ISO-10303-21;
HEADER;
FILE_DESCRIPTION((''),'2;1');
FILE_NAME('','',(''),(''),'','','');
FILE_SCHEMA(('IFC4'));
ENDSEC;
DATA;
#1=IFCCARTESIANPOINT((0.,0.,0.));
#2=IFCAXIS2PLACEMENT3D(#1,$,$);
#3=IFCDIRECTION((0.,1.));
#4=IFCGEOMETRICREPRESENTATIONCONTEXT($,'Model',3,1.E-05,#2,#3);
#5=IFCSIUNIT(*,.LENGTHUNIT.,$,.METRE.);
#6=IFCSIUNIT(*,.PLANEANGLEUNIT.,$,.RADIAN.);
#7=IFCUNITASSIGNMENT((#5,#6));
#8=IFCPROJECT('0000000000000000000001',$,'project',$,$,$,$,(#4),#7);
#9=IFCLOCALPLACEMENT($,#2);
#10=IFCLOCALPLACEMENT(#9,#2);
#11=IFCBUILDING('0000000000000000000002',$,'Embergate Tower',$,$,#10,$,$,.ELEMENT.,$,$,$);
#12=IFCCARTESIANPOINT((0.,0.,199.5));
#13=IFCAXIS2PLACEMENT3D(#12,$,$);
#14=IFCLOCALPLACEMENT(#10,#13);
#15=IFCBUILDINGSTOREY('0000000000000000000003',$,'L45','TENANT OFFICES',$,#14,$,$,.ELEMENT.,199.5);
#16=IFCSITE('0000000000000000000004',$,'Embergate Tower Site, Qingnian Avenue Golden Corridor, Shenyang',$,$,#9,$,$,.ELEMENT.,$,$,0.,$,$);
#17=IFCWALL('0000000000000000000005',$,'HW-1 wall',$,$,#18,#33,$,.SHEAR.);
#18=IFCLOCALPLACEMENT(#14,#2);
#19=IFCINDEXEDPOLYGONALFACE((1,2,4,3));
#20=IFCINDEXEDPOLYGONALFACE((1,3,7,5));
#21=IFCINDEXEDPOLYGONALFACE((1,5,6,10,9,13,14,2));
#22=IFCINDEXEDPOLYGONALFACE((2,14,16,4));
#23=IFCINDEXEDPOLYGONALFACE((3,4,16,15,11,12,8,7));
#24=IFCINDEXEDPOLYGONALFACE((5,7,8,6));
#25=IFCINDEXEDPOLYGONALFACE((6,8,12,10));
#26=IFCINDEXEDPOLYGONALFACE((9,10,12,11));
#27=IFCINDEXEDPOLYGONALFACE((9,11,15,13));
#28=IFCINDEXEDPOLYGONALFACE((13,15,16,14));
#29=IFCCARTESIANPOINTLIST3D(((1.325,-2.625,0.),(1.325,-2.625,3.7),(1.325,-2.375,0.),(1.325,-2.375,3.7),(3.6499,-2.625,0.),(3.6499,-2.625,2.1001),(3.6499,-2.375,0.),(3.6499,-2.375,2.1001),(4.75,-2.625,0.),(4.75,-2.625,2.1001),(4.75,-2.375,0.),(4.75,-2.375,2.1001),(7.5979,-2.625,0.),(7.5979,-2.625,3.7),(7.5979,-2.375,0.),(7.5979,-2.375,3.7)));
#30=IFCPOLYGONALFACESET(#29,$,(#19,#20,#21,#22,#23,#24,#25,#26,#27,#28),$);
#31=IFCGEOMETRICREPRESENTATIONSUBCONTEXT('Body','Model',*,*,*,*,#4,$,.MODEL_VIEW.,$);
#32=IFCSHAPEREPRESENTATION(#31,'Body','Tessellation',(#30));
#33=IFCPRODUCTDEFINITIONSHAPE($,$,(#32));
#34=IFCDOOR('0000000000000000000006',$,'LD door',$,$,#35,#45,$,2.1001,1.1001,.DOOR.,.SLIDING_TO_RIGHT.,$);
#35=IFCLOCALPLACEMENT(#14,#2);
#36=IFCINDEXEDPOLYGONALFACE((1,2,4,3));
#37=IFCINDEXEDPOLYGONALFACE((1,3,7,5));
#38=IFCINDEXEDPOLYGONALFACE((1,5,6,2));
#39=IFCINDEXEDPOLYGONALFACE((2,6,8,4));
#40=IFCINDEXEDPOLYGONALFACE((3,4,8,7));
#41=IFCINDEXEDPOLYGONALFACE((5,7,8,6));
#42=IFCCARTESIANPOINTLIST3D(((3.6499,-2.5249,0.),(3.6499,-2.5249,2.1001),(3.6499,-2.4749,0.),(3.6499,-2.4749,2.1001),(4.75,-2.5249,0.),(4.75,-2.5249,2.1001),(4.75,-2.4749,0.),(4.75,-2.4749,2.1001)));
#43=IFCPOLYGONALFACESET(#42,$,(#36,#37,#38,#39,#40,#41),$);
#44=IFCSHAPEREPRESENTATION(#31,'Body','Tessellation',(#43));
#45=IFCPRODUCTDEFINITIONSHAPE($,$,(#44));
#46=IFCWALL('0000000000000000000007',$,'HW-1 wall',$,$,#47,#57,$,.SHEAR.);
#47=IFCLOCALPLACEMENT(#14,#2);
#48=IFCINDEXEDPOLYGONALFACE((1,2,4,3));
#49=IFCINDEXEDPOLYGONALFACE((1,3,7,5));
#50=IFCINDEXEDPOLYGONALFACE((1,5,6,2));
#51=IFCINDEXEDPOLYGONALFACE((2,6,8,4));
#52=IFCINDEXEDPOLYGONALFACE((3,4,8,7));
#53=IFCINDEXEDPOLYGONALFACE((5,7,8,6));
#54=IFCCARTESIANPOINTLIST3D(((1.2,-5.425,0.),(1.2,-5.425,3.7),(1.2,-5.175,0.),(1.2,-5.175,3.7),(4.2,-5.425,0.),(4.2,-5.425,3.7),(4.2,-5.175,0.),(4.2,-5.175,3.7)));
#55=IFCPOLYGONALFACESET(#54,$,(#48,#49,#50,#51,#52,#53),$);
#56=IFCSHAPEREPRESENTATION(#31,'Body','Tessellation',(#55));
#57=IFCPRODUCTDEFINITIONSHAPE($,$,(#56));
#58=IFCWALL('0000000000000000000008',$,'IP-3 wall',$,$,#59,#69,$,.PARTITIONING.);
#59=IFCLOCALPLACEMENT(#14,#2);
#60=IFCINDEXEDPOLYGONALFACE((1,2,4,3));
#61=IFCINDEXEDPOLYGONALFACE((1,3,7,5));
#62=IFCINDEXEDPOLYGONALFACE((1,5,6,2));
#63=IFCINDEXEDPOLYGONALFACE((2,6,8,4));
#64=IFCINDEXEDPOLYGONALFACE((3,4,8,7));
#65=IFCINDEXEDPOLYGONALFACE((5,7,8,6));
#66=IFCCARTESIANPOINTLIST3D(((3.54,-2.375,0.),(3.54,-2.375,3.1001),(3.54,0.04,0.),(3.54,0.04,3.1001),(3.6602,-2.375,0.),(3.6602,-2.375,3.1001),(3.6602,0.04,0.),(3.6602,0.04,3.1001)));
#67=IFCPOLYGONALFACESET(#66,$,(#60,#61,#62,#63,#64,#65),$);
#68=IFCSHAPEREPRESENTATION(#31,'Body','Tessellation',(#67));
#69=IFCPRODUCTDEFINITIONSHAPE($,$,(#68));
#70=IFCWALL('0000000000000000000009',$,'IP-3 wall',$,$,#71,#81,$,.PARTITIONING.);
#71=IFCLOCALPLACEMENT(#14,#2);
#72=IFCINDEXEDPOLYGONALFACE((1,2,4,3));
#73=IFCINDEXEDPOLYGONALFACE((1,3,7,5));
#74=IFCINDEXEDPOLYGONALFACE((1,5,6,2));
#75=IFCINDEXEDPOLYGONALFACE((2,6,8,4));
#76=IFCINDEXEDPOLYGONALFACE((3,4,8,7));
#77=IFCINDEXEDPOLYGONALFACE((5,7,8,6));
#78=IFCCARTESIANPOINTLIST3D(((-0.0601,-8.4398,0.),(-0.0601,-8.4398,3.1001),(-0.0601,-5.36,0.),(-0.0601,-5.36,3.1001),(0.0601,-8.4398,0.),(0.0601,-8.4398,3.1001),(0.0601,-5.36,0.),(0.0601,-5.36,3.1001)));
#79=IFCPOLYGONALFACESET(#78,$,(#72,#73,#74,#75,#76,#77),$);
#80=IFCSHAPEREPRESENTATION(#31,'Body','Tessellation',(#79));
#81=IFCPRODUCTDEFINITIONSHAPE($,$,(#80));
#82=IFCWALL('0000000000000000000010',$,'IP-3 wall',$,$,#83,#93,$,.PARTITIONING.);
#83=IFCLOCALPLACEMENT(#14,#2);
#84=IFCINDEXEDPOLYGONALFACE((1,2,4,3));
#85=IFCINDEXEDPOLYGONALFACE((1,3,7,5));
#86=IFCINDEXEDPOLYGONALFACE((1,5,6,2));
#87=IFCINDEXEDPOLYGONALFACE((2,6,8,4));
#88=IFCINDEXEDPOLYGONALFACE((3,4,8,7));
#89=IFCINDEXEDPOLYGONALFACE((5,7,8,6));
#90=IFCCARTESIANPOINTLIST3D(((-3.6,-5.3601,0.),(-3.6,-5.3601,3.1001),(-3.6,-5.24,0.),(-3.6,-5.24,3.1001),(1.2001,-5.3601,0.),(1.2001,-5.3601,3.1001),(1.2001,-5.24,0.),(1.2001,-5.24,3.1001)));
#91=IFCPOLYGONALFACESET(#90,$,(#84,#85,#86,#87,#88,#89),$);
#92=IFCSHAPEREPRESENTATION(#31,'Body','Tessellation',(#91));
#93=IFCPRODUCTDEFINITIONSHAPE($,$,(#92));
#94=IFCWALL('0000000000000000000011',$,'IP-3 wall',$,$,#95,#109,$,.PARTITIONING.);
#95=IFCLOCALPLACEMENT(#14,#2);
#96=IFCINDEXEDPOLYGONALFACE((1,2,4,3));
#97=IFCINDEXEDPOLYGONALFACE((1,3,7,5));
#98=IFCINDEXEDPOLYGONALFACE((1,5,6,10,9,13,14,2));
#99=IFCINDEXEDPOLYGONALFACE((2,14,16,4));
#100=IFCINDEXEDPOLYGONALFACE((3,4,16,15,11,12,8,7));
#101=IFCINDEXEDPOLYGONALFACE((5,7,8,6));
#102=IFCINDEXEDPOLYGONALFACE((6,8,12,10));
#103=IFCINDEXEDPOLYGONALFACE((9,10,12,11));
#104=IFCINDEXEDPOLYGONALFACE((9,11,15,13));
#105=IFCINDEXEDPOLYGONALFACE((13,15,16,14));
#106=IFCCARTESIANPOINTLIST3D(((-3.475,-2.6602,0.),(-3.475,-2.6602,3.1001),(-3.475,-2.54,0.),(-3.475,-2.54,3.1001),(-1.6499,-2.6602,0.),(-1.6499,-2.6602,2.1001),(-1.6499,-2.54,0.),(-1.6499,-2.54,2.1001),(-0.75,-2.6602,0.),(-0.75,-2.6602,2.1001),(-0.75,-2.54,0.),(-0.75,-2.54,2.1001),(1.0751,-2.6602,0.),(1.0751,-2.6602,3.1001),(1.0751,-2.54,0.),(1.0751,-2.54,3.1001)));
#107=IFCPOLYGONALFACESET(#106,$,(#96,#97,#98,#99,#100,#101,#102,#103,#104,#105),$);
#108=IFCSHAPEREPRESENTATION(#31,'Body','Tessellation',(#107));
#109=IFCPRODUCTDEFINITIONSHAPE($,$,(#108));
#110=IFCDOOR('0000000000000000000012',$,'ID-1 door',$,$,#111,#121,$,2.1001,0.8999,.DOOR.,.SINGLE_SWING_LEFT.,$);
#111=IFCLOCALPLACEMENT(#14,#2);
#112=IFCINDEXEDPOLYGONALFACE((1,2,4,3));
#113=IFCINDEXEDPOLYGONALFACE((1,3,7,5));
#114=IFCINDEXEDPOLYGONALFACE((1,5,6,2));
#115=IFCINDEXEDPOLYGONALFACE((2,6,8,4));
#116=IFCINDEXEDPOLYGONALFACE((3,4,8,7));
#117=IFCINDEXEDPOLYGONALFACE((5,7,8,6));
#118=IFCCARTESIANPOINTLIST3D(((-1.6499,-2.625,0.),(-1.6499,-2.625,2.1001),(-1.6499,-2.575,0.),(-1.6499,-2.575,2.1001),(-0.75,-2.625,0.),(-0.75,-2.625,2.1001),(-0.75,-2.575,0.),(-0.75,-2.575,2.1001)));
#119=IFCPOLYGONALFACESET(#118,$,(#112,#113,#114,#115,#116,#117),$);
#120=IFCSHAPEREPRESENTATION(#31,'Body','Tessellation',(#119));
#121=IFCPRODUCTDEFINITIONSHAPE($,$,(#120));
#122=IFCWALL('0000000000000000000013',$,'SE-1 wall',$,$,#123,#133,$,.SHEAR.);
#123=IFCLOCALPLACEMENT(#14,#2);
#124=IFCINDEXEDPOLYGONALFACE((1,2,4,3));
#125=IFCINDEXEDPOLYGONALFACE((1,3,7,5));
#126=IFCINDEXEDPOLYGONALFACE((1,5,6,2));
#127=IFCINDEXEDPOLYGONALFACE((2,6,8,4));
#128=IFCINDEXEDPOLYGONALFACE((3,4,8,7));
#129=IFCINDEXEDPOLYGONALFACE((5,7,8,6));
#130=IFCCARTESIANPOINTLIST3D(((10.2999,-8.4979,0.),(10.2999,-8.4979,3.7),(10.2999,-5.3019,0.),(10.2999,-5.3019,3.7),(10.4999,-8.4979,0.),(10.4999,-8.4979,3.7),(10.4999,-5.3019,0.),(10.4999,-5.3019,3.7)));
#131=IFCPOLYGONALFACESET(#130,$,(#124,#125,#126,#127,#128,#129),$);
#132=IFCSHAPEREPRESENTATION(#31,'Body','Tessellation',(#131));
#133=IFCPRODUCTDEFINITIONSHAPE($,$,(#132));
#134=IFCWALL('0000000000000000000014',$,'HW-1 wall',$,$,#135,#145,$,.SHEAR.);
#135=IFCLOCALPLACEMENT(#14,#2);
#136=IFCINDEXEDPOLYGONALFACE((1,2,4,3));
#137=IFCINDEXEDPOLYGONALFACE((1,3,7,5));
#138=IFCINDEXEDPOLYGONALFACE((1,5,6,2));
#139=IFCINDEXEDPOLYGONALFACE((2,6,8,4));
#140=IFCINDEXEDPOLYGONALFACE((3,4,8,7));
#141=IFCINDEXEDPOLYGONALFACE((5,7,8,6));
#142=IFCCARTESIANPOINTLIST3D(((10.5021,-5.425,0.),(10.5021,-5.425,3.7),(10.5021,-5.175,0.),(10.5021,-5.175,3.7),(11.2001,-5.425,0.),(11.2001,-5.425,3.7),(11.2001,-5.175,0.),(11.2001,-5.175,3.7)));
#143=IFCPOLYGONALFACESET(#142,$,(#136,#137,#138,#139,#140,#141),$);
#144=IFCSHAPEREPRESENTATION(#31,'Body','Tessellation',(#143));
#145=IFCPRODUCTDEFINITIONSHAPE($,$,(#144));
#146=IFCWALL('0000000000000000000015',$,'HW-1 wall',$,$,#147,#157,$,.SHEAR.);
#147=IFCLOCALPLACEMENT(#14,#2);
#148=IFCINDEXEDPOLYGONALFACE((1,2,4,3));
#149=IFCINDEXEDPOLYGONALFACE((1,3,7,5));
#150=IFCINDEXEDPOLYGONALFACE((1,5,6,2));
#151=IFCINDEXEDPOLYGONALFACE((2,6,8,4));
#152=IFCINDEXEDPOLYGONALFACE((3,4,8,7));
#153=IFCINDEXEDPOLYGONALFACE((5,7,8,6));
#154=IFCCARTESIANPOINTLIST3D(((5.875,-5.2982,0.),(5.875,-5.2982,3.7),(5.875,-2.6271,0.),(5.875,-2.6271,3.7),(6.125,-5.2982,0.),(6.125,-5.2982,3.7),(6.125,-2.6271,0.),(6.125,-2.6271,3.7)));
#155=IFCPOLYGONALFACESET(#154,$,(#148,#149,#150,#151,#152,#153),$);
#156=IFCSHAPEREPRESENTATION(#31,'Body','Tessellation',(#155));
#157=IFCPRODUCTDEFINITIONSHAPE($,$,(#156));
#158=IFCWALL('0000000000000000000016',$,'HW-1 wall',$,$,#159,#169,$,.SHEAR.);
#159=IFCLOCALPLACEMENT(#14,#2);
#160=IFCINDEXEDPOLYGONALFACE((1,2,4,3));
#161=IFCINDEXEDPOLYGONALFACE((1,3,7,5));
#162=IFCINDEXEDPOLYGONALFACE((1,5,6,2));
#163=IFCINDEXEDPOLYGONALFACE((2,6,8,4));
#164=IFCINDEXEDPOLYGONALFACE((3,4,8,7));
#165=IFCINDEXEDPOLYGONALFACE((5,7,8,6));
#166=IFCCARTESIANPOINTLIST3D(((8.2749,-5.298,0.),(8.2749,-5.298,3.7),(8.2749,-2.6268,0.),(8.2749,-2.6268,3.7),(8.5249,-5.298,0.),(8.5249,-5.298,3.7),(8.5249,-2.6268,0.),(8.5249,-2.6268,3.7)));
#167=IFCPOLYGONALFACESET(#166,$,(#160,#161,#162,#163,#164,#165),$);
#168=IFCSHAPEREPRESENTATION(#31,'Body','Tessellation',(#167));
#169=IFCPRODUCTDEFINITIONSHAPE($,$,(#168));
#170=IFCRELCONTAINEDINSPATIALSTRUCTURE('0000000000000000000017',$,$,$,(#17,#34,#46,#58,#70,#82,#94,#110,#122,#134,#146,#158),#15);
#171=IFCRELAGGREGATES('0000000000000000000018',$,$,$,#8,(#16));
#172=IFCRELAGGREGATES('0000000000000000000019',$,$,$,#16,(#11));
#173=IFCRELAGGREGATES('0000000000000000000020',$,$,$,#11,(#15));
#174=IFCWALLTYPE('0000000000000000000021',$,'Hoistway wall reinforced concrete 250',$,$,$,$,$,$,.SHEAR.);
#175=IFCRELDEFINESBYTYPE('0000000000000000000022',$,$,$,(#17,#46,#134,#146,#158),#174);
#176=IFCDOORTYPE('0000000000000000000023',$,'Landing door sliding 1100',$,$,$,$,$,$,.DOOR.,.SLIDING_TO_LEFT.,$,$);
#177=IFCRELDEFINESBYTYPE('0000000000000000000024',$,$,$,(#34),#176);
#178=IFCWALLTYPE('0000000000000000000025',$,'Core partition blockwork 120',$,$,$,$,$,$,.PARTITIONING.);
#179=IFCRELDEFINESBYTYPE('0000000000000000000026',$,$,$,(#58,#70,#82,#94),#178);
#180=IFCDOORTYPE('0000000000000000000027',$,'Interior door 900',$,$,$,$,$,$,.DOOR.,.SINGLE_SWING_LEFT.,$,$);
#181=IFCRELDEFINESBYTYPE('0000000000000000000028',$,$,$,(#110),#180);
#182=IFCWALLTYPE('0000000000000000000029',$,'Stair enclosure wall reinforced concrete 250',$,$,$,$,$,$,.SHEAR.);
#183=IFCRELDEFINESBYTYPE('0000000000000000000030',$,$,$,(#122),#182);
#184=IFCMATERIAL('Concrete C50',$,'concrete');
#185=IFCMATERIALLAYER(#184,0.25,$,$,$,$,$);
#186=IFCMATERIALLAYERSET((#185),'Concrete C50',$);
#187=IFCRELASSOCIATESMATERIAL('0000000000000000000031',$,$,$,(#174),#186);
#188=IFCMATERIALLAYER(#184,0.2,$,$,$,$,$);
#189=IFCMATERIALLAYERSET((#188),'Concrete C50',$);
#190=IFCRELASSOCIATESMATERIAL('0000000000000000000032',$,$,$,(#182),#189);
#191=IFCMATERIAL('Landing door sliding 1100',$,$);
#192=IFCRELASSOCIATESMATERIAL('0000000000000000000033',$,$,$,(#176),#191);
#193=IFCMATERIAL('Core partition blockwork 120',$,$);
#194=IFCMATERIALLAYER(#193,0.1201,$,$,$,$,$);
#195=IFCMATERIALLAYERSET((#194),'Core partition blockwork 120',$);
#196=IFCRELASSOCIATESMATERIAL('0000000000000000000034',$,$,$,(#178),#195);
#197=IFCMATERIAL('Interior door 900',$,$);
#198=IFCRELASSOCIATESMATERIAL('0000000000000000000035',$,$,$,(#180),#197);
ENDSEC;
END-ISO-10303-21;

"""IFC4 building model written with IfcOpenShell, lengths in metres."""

from ifc_helpers import new_model, si_unit, direction, frame, frame_2d, origin, place, context, subcontext, project, spatial, rectangle, extrude, source, transform, mapped, material, layer, layer_set, type_object, element, fill, save


model = new_model("IFC4")

# Units and contexts
model_context = context("Model", 3, precision=1e-05, world=origin(), true_north=direction((0.0, 1.0)))
body_context = subcontext(model_context, "Body", "Model", "MODEL_VIEW")
ifc_project = project(units=[si_unit("LENGTHUNIT", "METRE"), si_unit("PLANEANGLEUNIT", "RADIAN")], contexts=[model_context])

# Site, building, storey
site_placement = place(None, origin())
site = spatial("IfcSite", under=ifc_project, at=site_placement, Name="Embergate Tower Site, Qingnian Avenue Golden Corridor, Shenyang", CompositionType="ELEMENT", RefElevation=0.0)
building_placement = place(site_placement, origin())
building = spatial("IfcBuilding", under=site, at=building_placement, Name="Embergate Tower", CompositionType="ELEMENT")
storey_placement = place(building_placement, frame((0.0, 0.0, 199.5)))
storey = spatial("IfcBuildingStorey", under=building, at=storey_placement, Name="L45", Description="TENANT OFFICES", CompositionType="ELEMENT", Elevation=199.5)

# Shared definitions
ifc_material_1 = material(Name="Concrete C50", Category="concrete")
ifc_layer_1 = layer(ifc_material_1, 0.25)
ifc_layer_set_1 = layer_set([ifc_layer_1], Name="Concrete C50")
wall_type_1 = type_object("IfcWallType", Name="Hoistway wall reinforced concrete 250", PredefinedType="SHEAR", material=ifc_layer_set_1)
ifc_layer_2 = layer(ifc_material_1, 0.2)
ifc_layer_set_2 = layer_set([ifc_layer_2], Name="Concrete C50")
wall_type_2 = type_object("IfcWallType", Name="Stair enclosure wall reinforced concrete 250", PredefinedType="SHEAR", material=ifc_layer_set_2)

# Wall, opening, door
shared_shape_1 = source(origin(), body_context, "Body", "SweptSolid", [
    extrude(rectangle(XDim=1.1001, YDim=2.1001, at=frame_2d((0.55, 1.05))), frame((0.0, 0.135, 0.0), z_axis=(0.0, -1.0, 0.0), x_axis=(1.0, 0.0, 0.0)), (0.0, 0.0, 1.0), 0.27),
])
ifc_material_2 = material(Name="Landing door sliding 1100")
door_type_1 = type_object("IfcDoorType", Name="Landing door sliding 1100", OperationType="SLIDING_TO_LEFT", PredefinedType="DOOR", material=ifc_material_2)
shared_shape_2 = source(origin(), body_context, "Body", "SweptSolid", [
    extrude(rectangle(XDim=1.1001, YDim=2.1001, at=frame_2d((0.55, 1.05))), frame((0.0, 0.0249, 0.0), z_axis=(0.0, -1.0, 0.0), x_axis=(1.0, 0.0, 0.0)), (0.0, 0.0, 1.0), 0.05),
])
shared_shape_3 = source(origin(), body_context, "Body", "SweptSolid", [
    extrude(rectangle(XDim=6.2729, YDim=0.25, at=frame_2d((3.1365, 0.0))), origin(), (0.0, 0.0, 1.0), 3.7),
])
wall_1_placement = place(storey_placement, frame((7.5979, -2.5, 0.0), z_axis=(0.0, 0.0, 1.0), x_axis=(-1.0, 0.0, 0.0)))
wall_1 = element("IfcWall", 1, at=wall_1_placement, inside=storey, type_object=wall_type_1, Name="HW-1 wall", PredefinedType="SHEAR", context=body_context, shape_type="MappedRepresentation", body=[
    mapped(shared_shape_3, transform((0.0, 0.0, 0.0))),
])
opening_1_placement = place(wall_1_placement, frame((2.8479, 0.0, 0.0)))
opening_1 = element("IfcOpeningElement", 2, at=opening_1_placement, cuts=wall_1, PredefinedType="OPENING", context=body_context, shape_type="MappedRepresentation", body=[
    mapped(shared_shape_1, transform((0.0, 0.0, 0.0))),
])
door_1_placement = place(opening_1_placement, origin())
door_1 = element("IfcDoor", 3, at=door_1_placement, inside=storey, type_object=door_type_1, Name="LD door", OperationType="SLIDING_TO_RIGHT", OverallHeight=2.1001, OverallWidth=1.1001, PredefinedType="DOOR", context=body_context, shape_type="MappedRepresentation", body=[
    mapped(shared_shape_2, transform((0.0, 0.0, 0.0))),
])
fill(opening_1, door_1)

# Walls
shared_shape_4 = source(origin(), body_context, "Body", "SweptSolid", [
    extrude(rectangle(XDim=3.0, YDim=0.25, at=frame_2d((1.5, 0.0))), origin(), (0.0, 0.0, 1.0), 3.7),
])
wall_2_placement = place(storey_placement, frame((1.2, -5.3, 0.0), z_axis=(0.0, 0.0, 1.0), x_axis=(1.0, 0.0, 0.0)))
element("IfcWall", 4, at=wall_2_placement, inside=storey, type_object=wall_type_1, Name="HW-1 wall", PredefinedType="SHEAR", context=body_context, shape_type="MappedRepresentation", body=[
    mapped(shared_shape_4, transform((0.0, 0.0, 0.0))),
])
ifc_material_3 = material(Name="Core partition blockwork 120")
ifc_layer_3 = layer(ifc_material_3, 0.1201)
ifc_layer_set_3 = layer_set([ifc_layer_3], Name="Core partition blockwork 120")
wall_type_3 = type_object("IfcWallType", Name="Core partition blockwork 120", PredefinedType="PARTITIONING", material=ifc_layer_set_3)
shared_shape_5 = source(origin(), body_context, "Body", "SweptSolid", [
    extrude(rectangle(XDim=2.415, YDim=0.1201, at=frame_2d((1.2075, 0.0))), origin(), (0.0, 0.0, 1.0), 3.1001),
])
wall_3_placement = place(storey_placement, frame((3.6001, -2.375, 0.0), z_axis=(0.0, 0.0, 1.0), x_axis=(0.0, 1.0, 0.0)))
element("IfcWall", 5, at=wall_3_placement, inside=storey, type_object=wall_type_3, Name="IP-3 wall", PredefinedType="PARTITIONING", context=body_context, shape_type="MappedRepresentation", body=[
    mapped(shared_shape_5, transform((0.0, 0.0, 0.0))),
])
shared_shape_6 = source(origin(), body_context, "Body", "SweptSolid", [
    extrude(rectangle(XDim=3.0798, YDim=0.1201, at=frame_2d((1.54, 0.0))), origin(), (0.0, 0.0, 1.0), 3.1001),
])
wall_4_placement = place(storey_placement, frame((0.0, -8.4399, 0.0), z_axis=(0.0, 0.0, 1.0), x_axis=(0.0, 1.0, 0.0)))
element("IfcWall", 6, at=wall_4_placement, inside=storey, type_object=wall_type_3, Name="IP-3 wall", PredefinedType="PARTITIONING", context=body_context, shape_type="MappedRepresentation", body=[
    mapped(shared_shape_6, transform((0.0, 0.0, 0.0))),
])
shared_shape_7 = source(origin(), body_context, "Body", "SweptSolid", [
    extrude(rectangle(XDim=4.8, YDim=0.1201, at=frame_2d((2.3999, 0.0))), origin(), (0.0, 0.0, 1.0), 3.1001),
])
wall_5_placement = place(storey_placement, frame((1.2, -5.3, 0.0), z_axis=(0.0, 0.0, 1.0), x_axis=(-1.0, 0.0, 0.0)))
element("IfcWall", 7, at=wall_5_placement, inside=storey, type_object=wall_type_3, Name="IP-3 wall", PredefinedType="PARTITIONING", context=body_context, shape_type="MappedRepresentation", body=[
    mapped(shared_shape_7, transform((0.0, 0.0, 0.0))),
])

# Wall, opening, door
shared_shape_8 = source(origin(), body_context, "Body", "SweptSolid", [
    extrude(rectangle(XDim=4.55, YDim=0.1201, at=frame_2d((2.2749, 0.0))), origin(), (0.0, 0.0, 1.0), 3.1001),
])
wall_6_placement = place(storey_placement, frame((1.075, -2.6001, 0.0), z_axis=(0.0, 0.0, 1.0), x_axis=(-1.0, 0.0, 0.0)))
wall_6 = element("IfcWall", 8, at=wall_6_placement, inside=storey, type_object=wall_type_3, Name="IP-3 wall", PredefinedType="PARTITIONING", context=body_context, shape_type="MappedRepresentation", body=[
    mapped(shared_shape_8, transform((0.0, 0.0, 0.0))),
])
shared_shape_9 = source(origin(), body_context, "Body", "SweptSolid", [
    extrude(rectangle(XDim=0.8999, YDim=2.1001, at=frame_2d((0.45, 1.05))), frame((0.0, 0.0701, 0.0), z_axis=(0.0, -1.0, 0.0), x_axis=(1.0, 0.0, 0.0)), (0.0, 0.0, 1.0), 0.1401),
])
opening_2_placement = place(wall_6_placement, frame((1.825, 0.0, 0.0)))
opening_2 = element("IfcOpeningElement", 9, at=opening_2_placement, cuts=wall_6, PredefinedType="OPENING", context=body_context, shape_type="MappedRepresentation", body=[
    mapped(shared_shape_9, transform((0.0, 0.0, 0.0))),
])
ifc_material_4 = material(Name="Interior door 900")
door_type_2 = type_object("IfcDoorType", Name="Interior door 900", OperationType="SINGLE_SWING_LEFT", PredefinedType="DOOR", material=ifc_material_4)
shared_shape_10 = source(origin(), body_context, "Body", "SweptSolid", [
    extrude(rectangle(XDim=0.8999, YDim=2.1001, at=frame_2d((0.45, 1.05))), frame((0.0, 0.0249, 0.0), z_axis=(0.0, -1.0, 0.0), x_axis=(1.0, 0.0, 0.0)), (0.0, 0.0, 1.0), 0.05),
])
door_2_placement = place(opening_2_placement, origin())
door_2 = element("IfcDoor", 10, at=door_2_placement, inside=storey, type_object=door_type_2, Name="ID-1 door", OperationType="SINGLE_SWING_LEFT", OverallHeight=2.1001, OverallWidth=0.8999, PredefinedType="DOOR", context=body_context, shape_type="MappedRepresentation", body=[
    mapped(shared_shape_10, transform((0.0, 0.0, 0.0))),
])
fill(opening_2, door_2)

# Walls
shared_shape_11 = source(origin(), body_context, "Body", "SweptSolid", [
    extrude(rectangle(XDim=3.196, YDim=0.2, at=frame_2d((1.5981, 0.0))), origin(), (0.0, 0.0, 1.0), 3.7),
])
wall_7_placement = place(storey_placement, frame((10.3999, -8.498, 0.0), z_axis=(0.0, 0.0, 1.0), x_axis=(0.0, 1.0, 0.0)))
element("IfcWall", 11, at=wall_7_placement, inside=storey, type_object=wall_type_2, Name="SE-1 wall", PredefinedType="SHEAR", context=body_context, shape_type="MappedRepresentation", body=[
    mapped(shared_shape_11, transform((0.0, 0.0, 0.0))),
])
shared_shape_12 = source(origin(), body_context, "Body", "SweptSolid", [
    extrude(rectangle(XDim=0.698, YDim=0.25, at=frame_2d((0.3491, 0.0))), origin(), (0.0, 0.0, 1.0), 3.7),
])
wall_8_placement = place(storey_placement, frame((10.502, -5.3, 0.0), z_axis=(0.0, 0.0, 1.0), x_axis=(1.0, 0.0, 0.0)))
element("IfcWall", 12, at=wall_8_placement, inside=storey, type_object=wall_type_1, Name="HW-1 wall", PredefinedType="SHEAR", context=body_context, shape_type="MappedRepresentation", body=[
    mapped(shared_shape_12, transform((0.0, 0.0, 0.0))),
])
shared_shape_13 = source(origin(), body_context, "Body", "SweptSolid", [
    extrude(rectangle(XDim=2.6711, YDim=0.25, at=frame_2d((1.3354, 0.0))), origin(), (0.0, 0.0, 1.0), 3.7),
])
for number, where, z_axis, x_axis, name in (
    (13, (6.0, -5.2981, 0.0), (0.0, 0.0, 1.0), (0.0, 1.0, 0.0), "HW-1 wall"),
    (14, (8.3999, -2.627, 0.0), (0.0, 0.0, 1.0), (0.0, -1.0, 0.0), "HW-1 wall"),
):
    element("IfcWall", number, at=place(storey_placement, frame(where, z_axis=z_axis, x_axis=x_axis)), inside=storey, type_object=wall_type_1, Name=name, PredefinedType="SHEAR", context=body_context, shape_type="MappedRepresentation", body=[
        mapped(shared_shape_13, transform((0.0, 0.0, 0.0))),
    ])

save(model, "model.ifc")
